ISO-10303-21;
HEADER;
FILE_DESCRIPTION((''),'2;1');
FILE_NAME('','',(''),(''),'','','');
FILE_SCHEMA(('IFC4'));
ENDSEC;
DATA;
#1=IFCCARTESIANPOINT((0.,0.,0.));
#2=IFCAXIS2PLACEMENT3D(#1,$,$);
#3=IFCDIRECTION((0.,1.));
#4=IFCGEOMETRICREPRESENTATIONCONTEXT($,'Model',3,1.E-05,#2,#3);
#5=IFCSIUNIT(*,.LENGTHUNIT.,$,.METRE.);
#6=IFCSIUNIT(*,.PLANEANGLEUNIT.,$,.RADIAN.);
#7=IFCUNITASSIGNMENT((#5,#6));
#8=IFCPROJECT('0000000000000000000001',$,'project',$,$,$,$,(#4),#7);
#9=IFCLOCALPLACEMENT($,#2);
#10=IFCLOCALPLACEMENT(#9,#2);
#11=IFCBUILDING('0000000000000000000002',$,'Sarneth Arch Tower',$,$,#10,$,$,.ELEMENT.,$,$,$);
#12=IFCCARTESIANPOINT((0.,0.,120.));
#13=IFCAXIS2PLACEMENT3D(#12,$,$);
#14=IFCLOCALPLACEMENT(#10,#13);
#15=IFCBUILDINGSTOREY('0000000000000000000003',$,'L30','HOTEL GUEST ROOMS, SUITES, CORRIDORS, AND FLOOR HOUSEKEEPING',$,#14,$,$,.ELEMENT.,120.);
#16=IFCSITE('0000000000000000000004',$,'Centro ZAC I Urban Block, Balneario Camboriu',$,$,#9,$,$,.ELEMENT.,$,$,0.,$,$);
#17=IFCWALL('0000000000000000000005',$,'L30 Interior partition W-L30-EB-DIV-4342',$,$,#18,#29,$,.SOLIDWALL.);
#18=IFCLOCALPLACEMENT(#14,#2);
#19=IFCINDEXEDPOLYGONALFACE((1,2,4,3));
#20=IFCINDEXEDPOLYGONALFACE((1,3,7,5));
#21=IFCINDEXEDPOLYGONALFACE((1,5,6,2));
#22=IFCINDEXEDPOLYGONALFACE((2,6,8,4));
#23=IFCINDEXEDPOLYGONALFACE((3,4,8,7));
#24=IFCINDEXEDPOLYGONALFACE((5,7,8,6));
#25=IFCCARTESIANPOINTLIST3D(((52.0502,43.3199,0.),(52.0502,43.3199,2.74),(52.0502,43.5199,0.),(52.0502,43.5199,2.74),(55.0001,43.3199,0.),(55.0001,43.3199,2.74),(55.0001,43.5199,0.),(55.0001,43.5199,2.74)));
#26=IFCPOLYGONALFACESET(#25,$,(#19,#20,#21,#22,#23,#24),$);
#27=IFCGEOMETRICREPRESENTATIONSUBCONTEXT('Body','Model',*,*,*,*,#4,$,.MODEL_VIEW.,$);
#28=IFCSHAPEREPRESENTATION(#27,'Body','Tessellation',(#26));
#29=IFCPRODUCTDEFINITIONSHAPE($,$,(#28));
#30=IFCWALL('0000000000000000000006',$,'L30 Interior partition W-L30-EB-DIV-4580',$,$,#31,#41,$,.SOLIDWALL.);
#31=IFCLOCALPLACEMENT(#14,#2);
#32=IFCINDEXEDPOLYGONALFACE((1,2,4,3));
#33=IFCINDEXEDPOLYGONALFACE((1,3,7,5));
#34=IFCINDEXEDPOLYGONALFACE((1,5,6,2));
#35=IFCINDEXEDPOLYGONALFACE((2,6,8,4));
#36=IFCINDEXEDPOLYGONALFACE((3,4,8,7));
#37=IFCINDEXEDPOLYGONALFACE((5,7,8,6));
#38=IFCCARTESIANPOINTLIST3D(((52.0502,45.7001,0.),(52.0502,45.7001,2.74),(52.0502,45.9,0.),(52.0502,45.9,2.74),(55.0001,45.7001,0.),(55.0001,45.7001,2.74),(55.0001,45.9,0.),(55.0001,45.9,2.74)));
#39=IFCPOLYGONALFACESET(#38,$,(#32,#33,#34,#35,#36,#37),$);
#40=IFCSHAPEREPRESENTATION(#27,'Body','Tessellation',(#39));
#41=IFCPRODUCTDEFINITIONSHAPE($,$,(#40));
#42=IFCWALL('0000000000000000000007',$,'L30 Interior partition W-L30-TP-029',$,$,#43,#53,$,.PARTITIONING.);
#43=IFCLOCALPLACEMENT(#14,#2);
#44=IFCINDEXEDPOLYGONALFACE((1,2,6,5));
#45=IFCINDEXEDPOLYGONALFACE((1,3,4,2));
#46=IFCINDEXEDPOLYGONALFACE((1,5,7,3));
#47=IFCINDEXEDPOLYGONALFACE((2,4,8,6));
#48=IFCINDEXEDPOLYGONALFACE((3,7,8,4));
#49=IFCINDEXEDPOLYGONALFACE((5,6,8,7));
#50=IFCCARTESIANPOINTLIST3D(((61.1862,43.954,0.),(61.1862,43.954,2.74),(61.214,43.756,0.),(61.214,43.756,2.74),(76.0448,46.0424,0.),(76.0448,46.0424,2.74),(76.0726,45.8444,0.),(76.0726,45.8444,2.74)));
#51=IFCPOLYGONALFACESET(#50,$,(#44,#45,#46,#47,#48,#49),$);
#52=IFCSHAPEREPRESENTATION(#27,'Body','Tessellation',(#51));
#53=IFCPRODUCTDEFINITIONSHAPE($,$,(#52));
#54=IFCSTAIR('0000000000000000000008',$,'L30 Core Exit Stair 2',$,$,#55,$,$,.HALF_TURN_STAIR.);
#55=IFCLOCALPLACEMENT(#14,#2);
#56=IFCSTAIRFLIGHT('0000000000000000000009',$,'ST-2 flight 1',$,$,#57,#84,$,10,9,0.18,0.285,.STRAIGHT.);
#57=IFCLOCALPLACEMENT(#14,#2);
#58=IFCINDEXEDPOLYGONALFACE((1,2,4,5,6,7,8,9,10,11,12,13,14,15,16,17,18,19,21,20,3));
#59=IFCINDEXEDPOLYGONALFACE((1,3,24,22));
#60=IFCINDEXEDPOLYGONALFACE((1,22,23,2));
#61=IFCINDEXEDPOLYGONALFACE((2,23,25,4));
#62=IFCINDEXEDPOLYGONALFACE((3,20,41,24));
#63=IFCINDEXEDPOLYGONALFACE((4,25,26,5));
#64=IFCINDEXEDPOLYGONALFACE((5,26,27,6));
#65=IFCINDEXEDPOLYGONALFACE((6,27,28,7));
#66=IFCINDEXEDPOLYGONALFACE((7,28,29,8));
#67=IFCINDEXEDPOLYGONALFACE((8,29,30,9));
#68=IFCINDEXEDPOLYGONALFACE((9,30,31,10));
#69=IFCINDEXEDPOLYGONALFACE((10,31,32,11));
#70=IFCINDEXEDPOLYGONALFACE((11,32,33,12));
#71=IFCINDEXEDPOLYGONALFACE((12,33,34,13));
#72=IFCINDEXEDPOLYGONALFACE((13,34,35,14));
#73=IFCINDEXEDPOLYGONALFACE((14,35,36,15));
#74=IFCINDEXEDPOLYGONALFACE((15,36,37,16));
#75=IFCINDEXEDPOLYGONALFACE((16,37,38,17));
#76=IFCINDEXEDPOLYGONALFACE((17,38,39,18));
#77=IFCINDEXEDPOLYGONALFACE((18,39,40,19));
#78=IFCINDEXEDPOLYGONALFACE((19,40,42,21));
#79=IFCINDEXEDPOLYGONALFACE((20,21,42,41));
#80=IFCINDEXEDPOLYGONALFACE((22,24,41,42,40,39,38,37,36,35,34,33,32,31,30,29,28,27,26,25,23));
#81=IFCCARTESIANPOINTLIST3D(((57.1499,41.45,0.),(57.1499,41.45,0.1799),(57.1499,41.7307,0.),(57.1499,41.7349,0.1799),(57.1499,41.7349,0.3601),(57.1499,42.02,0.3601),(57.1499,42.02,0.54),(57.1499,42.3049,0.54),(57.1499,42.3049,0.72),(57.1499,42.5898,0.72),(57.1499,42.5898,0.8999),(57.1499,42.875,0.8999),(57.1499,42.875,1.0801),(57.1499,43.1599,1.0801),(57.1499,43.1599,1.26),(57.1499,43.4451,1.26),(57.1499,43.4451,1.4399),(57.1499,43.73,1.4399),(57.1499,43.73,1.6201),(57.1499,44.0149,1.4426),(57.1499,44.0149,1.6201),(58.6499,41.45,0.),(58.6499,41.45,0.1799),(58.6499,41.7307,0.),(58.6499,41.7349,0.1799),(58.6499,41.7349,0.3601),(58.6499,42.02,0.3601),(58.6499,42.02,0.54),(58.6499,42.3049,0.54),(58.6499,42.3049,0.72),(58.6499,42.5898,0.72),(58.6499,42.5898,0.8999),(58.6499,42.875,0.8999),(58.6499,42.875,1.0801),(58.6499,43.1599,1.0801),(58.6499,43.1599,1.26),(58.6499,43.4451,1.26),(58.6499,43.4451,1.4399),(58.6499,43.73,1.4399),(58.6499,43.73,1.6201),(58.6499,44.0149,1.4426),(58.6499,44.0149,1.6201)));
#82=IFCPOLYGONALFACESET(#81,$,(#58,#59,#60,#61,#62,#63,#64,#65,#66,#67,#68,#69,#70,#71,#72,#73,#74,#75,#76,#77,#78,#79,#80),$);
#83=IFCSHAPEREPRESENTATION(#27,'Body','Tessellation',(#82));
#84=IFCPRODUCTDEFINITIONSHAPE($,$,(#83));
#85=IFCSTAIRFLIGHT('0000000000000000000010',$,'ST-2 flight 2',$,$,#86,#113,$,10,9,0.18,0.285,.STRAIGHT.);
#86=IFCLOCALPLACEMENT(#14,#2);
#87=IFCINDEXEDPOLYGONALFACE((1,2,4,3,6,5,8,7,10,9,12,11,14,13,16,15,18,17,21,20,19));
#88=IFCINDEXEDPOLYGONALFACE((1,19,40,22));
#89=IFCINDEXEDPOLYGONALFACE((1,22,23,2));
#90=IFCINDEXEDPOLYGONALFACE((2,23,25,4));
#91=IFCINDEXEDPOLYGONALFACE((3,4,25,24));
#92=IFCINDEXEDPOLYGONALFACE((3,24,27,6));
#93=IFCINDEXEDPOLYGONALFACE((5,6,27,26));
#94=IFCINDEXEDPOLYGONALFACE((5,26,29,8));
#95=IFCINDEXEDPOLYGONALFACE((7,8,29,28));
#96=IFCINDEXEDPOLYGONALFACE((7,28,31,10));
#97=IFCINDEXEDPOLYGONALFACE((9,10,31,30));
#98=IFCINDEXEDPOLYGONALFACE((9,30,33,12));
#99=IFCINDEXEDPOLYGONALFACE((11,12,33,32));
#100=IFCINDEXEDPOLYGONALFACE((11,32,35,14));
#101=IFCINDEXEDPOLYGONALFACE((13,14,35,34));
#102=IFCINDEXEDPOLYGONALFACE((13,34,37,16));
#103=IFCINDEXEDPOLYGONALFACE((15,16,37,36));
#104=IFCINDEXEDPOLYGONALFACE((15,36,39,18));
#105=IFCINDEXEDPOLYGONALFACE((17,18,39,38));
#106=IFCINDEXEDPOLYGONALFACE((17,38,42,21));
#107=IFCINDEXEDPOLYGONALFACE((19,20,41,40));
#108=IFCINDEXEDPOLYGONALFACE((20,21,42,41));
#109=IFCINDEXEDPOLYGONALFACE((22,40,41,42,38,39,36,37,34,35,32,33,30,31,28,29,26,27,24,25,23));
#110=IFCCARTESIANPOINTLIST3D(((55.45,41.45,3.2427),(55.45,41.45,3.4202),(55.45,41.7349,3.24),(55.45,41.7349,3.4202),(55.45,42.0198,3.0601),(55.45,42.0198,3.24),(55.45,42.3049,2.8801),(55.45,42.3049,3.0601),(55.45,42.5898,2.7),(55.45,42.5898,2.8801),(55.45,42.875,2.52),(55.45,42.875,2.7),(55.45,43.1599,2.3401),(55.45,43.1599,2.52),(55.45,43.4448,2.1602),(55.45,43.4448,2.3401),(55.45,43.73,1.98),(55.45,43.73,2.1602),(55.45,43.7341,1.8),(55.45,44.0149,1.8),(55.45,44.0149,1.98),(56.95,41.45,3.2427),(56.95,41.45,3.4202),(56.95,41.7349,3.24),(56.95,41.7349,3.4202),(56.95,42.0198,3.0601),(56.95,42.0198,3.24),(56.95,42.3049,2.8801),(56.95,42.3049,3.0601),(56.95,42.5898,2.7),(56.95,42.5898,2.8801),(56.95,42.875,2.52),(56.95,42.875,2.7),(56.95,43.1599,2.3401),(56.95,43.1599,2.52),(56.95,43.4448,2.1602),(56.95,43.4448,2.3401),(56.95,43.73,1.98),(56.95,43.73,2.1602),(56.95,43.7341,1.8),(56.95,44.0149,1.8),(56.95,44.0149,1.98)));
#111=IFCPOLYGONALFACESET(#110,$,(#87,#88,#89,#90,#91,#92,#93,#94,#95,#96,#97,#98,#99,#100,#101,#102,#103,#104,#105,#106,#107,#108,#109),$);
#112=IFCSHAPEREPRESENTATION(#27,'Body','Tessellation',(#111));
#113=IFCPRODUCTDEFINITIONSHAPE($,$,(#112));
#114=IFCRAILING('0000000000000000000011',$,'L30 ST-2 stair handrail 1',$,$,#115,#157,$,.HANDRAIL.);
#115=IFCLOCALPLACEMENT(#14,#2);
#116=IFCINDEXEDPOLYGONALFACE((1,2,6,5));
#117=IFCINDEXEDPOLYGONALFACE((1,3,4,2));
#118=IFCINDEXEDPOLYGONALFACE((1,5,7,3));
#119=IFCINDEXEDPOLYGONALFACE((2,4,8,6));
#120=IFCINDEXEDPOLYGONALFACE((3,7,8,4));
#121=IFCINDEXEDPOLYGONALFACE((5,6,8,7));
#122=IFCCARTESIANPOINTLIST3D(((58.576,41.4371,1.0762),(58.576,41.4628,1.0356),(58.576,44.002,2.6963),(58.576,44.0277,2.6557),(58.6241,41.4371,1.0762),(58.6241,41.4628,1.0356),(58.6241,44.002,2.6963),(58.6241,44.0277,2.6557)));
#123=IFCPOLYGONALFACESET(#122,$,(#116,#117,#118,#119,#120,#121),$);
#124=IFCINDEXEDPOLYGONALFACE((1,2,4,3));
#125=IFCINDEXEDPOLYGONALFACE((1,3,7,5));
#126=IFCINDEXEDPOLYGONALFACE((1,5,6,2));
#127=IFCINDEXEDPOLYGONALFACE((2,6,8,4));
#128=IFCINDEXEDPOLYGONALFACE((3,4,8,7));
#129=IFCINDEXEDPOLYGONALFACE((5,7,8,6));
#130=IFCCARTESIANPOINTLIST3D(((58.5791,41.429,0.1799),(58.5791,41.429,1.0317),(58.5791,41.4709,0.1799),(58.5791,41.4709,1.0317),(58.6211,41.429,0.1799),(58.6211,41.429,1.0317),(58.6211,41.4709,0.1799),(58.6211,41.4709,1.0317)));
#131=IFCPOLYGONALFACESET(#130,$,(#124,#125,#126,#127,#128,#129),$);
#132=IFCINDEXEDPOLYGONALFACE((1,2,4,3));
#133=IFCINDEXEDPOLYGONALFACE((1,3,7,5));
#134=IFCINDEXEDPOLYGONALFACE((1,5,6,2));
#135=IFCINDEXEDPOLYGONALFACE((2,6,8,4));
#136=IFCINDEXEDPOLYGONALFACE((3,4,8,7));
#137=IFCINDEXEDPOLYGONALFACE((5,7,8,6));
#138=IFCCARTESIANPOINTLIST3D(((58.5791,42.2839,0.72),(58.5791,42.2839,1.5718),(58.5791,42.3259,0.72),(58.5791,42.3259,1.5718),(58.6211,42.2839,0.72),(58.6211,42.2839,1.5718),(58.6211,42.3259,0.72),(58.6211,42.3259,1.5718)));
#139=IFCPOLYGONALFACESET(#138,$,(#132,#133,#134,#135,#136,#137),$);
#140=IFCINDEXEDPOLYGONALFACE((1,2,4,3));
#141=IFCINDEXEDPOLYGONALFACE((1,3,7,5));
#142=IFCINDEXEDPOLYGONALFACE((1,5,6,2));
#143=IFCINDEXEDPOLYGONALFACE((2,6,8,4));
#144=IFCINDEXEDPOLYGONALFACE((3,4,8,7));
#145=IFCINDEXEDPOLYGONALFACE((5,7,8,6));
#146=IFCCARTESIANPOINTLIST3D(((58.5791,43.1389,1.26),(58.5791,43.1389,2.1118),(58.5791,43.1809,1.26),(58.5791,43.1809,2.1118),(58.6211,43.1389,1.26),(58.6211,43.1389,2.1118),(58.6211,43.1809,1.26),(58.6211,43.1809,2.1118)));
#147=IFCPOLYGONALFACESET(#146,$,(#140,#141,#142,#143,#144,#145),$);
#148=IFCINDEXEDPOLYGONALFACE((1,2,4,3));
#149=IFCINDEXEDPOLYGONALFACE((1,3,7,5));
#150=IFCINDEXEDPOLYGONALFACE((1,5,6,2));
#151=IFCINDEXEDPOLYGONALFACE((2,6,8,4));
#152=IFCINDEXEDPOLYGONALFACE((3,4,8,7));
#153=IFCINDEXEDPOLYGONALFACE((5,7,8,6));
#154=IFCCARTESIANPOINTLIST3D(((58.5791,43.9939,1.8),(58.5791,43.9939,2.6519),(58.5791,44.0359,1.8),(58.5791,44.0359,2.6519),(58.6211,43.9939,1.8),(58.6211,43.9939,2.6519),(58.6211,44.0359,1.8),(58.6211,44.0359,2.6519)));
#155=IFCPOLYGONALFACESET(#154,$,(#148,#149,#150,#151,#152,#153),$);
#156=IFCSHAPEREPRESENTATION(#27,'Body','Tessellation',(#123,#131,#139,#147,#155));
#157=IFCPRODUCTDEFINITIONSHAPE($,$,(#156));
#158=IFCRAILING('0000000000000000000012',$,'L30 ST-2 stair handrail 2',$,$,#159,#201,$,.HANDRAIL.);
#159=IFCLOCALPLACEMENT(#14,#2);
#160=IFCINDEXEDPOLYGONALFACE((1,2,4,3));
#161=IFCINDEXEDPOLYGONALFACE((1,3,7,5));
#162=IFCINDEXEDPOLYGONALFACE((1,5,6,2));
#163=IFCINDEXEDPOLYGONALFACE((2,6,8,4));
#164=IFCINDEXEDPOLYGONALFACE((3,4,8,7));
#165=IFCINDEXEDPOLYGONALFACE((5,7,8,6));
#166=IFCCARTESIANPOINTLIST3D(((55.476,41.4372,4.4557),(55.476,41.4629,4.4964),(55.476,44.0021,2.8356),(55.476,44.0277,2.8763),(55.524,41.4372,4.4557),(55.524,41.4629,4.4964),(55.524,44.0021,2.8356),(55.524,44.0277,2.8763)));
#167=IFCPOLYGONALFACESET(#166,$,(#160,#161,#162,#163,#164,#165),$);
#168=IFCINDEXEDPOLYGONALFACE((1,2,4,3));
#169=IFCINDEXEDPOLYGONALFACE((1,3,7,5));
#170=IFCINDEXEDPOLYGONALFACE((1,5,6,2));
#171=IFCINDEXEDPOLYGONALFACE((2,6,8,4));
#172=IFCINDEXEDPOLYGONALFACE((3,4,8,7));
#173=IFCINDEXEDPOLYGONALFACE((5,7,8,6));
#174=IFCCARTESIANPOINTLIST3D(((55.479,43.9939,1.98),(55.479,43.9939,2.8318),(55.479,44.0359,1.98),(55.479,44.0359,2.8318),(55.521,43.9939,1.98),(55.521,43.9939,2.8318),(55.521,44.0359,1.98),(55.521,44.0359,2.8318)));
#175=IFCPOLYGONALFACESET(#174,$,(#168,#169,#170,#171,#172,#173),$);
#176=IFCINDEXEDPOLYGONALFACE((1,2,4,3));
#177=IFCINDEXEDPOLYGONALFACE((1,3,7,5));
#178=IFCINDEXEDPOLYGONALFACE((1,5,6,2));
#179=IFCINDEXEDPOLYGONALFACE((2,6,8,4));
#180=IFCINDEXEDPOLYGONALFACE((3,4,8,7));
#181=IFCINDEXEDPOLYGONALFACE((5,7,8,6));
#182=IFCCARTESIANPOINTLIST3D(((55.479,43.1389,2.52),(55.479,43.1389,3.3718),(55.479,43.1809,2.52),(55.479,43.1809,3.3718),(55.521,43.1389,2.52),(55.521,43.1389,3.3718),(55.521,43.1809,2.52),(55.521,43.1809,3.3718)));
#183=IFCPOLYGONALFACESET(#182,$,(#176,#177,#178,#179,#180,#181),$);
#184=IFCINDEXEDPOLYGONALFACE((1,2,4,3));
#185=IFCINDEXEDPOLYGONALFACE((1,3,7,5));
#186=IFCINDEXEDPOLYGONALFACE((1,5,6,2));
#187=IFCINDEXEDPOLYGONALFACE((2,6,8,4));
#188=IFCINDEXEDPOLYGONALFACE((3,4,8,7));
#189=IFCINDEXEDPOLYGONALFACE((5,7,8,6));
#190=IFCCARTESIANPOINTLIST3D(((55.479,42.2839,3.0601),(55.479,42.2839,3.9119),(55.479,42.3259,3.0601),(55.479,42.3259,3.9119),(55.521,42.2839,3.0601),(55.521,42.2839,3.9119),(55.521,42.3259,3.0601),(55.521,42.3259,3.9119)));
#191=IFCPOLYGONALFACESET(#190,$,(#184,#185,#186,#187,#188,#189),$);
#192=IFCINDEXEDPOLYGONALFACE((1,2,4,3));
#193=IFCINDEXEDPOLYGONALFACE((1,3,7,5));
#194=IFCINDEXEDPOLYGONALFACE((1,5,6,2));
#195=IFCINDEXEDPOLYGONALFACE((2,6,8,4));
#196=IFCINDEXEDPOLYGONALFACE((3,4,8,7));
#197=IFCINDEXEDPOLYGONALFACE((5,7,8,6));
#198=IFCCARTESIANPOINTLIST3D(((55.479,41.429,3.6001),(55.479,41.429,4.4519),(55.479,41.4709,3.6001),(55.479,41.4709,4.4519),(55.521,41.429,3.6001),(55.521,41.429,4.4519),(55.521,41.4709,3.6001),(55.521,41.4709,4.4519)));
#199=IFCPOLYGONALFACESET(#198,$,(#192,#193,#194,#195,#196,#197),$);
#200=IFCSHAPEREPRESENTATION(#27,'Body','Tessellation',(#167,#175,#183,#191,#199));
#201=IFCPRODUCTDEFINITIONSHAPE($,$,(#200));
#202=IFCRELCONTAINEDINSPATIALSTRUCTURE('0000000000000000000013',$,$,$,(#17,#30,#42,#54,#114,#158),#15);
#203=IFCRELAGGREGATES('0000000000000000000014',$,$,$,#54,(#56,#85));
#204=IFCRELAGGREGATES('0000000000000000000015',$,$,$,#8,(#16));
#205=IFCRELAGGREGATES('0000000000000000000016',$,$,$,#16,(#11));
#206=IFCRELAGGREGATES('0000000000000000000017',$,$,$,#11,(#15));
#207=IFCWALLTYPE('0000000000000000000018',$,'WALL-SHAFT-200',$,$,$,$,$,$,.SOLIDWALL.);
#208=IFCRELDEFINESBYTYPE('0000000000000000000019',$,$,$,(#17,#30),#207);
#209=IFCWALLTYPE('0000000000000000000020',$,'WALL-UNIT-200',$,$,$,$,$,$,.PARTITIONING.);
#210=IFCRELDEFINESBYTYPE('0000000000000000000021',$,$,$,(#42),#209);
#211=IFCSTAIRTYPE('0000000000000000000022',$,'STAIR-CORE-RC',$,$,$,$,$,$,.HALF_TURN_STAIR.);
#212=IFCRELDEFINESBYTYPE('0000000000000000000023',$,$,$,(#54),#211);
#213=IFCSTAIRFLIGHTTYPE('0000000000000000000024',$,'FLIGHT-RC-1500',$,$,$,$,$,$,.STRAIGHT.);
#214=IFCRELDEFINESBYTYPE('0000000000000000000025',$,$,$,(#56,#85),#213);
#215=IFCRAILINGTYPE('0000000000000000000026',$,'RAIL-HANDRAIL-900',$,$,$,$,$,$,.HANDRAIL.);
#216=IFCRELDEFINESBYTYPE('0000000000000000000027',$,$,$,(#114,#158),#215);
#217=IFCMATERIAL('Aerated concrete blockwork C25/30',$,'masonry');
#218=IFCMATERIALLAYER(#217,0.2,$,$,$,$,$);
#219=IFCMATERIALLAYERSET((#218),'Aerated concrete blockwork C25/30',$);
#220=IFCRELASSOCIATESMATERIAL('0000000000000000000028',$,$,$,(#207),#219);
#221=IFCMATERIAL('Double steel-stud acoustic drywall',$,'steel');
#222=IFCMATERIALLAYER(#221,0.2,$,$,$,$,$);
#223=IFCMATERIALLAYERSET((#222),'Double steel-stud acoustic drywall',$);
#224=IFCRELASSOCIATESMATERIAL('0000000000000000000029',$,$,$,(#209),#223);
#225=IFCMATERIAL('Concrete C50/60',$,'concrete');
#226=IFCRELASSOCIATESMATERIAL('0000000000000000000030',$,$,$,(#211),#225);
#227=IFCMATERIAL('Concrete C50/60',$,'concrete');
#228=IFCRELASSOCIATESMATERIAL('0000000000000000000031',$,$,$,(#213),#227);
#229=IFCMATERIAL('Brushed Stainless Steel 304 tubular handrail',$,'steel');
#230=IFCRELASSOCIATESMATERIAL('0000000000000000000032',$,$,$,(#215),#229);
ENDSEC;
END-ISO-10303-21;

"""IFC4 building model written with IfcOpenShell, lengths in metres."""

from ifc_helpers import new_model, si_unit, direction, frame, frame_2d, origin, origin_2d, place, context, subcontext, project, spatial, polyline, rectangle, outline, extrude, material, layer, layer_set, type_object, element, aggregate, save


model = new_model("IFC4")

# Units and contexts
model_context = context("Model", 3, precision=1e-05, world=origin(), true_north=direction((0.0, 1.0)))
body_context = subcontext(model_context, "Body", "Model", "MODEL_VIEW")
ifc_project = project(units=[si_unit("LENGTHUNIT", "METRE"), si_unit("PLANEANGLEUNIT", "RADIAN")], contexts=[model_context])

# Site, building, storey
site_placement = place(None, origin())
site = spatial("IfcSite", under=ifc_project, at=site_placement, Name="Centro ZAC I Urban Block, Balneario Camboriu", CompositionType="ELEMENT", RefElevation=0.0)
building_placement = place(site_placement, origin())
building = spatial("IfcBuilding", under=site, at=building_placement, Name="Sarneth Arch Tower", CompositionType="ELEMENT")
storey_placement = place(building_placement, frame((0.0, 0.0, 120.0)))
storey = spatial("IfcBuildingStorey", under=building, at=storey_placement, Name="L30", Description="HOTEL GUEST ROOMS, SUITES, CORRIDORS, AND FLOOR HOUSEKEEPING", CompositionType="ELEMENT", Elevation=120.0)

# Walls
ifc_material_1 = material(Name="Aerated concrete blockwork C25/30", Category="masonry")
ifc_layer_1 = layer(ifc_material_1, 0.2)
ifc_layer_set_1 = layer_set([ifc_layer_1], Name="Aerated concrete blockwork C25/30")
wall_type_1 = type_object("IfcWallType", Name="WALL-SHAFT-200", PredefinedType="SOLIDWALL", material=ifc_layer_set_1)
for number, where, z_axis, x_axis, name in (
    (1, (52.05, 43.4199, 0.0), (0.0, 0.0, 1.0), (1.0, 0.0, 0.0), "L30 Interior partition W-L30-EB-DIV-4342"),
    (2, (52.05, 45.8, 0.0), (0.0, 0.0, 1.0), (1.0, 0.0, 0.0), "L30 Interior partition W-L30-EB-DIV-4580"),
):
    element("IfcWall", number, at=place(storey_placement, frame(where, z_axis=z_axis, x_axis=x_axis)), inside=storey, type_object=wall_type_1, Name=name, PredefinedType="SOLIDWALL", context=body_context, shape_type="SweptSolid", body=[
        extrude(rectangle(XDim=2.95, YDim=0.2, at=frame_2d((1.4751, 0.0))), origin(), (0.0, 0.0, 1.0), 2.74),
    ])
ifc_material_2 = material(Name="Double steel-stud acoustic drywall", Category="steel")
ifc_layer_2 = layer(ifc_material_2, 0.2)
ifc_layer_set_2 = layer_set([ifc_layer_2], Name="Double steel-stud acoustic drywall")
wall_type_2 = type_object("IfcWallType", Name="WALL-UNIT-200", PredefinedType="PARTITIONING", material=ifc_layer_set_2)
wall_1_placement = place(storey_placement, frame((61.2, 43.855, 0.0), z_axis=(0.0, 0.0, 1.0), x_axis=(0.990267, 0.139182, 0.0)))
element("IfcWall", 3, at=wall_1_placement, inside=storey, type_object=wall_type_2, Name="L30 Interior partition W-L30-TP-029", PredefinedType="PARTITIONING", context=body_context, shape_type="SweptSolid", body=[
    extrude(rectangle(XDim=15.0046, YDim=0.2, at=frame_2d((7.5024, 0.0))), origin(), (0.0, 0.0, 1.0), 2.74),
])

# Stair, stair flights
ifc_material_3 = material(Name="Concrete C50/60", Category="concrete")
stair_type = type_object("IfcStairType", Name="STAIR-CORE-RC", PredefinedType="HALF_TURN_STAIR", material=ifc_material_3)
stair_placement = place(storey_placement, origin())
stair = element("IfcStair", 4, at=stair_placement, inside=storey, type_object=stair_type, Name="L30 Core Exit Stair 2", PredefinedType="HALF_TURN_STAIR")
ifc_material_4 = material(Name="Concrete C50/60", Category="concrete")
stair_flight_type = type_object("IfcStairFlightType", Name="FLIGHT-RC-1500", PredefinedType="STRAIGHT", material=ifc_material_4)
stair_flight_1_placement = place(storey_placement, frame((57.8999, 41.45, 0.0), z_axis=(0.0, 0.0, 1.0), x_axis=(0.0, 1.0, 0.0)))
stair_flight_1 = element("IfcStairFlight", 5, at=stair_flight_1_placement, type_object=stair_flight_type, Name="ST-2 flight 1", NumberOfRisers=10, NumberOfTreads=9, PredefinedType="STRAIGHT", RiserHeight=0.18, TreadLength=0.285, context=body_context, shape_type="SweptSolid", body=[
    extrude(outline(polyline([(0.0, 0.0), (0.0, 0.1799), (0.2849, 0.1799), (0.2849, 0.3601), (0.5701, 0.3601), (0.5701, 0.54), (0.855, 0.54), (0.855, 0.72), (1.1399, 0.72), (1.1399, 0.8999), (1.425, 0.8999), (1.425, 1.0801), (1.71, 1.0801), (1.71, 1.26), (1.9951, 1.26), (1.9951, 1.4399), (2.28, 1.4399), (2.28, 1.6201), (2.5649, 1.6201), (2.5649, 1.8), (2.5649, 1.4426), (0.2808, 0.0), (0.0, 0.0)])), frame((0.0, 0.75, 0.0), z_axis=(0.0, -1.0, 0.0), x_axis=(1.0, 0.0, 0.0)), (0.0, 0.0, 1.0), 1.5),
])
stair_flight_2_placement = place(storey_placement, frame((56.2, 44.0149, 1.8), z_axis=(0.0, 0.0, 1.0), x_axis=(0.0, -1.0, 0.0)))
stair_flight_2 = element("IfcStairFlight", 6, at=stair_flight_2_placement, type_object=stair_flight_type, Name="ST-2 flight 2", NumberOfRisers=10, NumberOfTreads=9, PredefinedType="STRAIGHT", RiserHeight=0.18, TreadLength=0.285, context=body_context, shape_type="SweptSolid", body=[
    extrude(outline(polyline([(0.0, 0.0), (0.0, 0.1799), (0.2849, 0.1799), (0.2849, 0.3601), (0.5701, 0.3601), (0.5701, 0.54), (0.855, 0.54), (0.855, 0.72), (1.1399, 0.72), (1.1399, 0.8999), (1.425, 0.8999), (1.425, 1.0801), (1.71, 1.0801), (1.71, 1.26), (1.9951, 1.26), (1.9951, 1.4399), (2.28, 1.4399), (2.28, 1.6201), (2.5649, 1.6201), (2.5649, 1.8), (2.5649, 1.4426), (0.2808, 0.0), (0.0, 0.0)])), frame((0.0, 0.75, 0.0), z_axis=(0.0, -1.0, 0.0), x_axis=(1.0, 0.0, 0.0)), (0.0, 0.0, 1.0), 1.5),
])
aggregate(stair, [stair_flight_1, stair_flight_2])

# Railings
ifc_material_5 = material(Name="Brushed Stainless Steel 304 tubular handrail", Category="steel")
railing_type_1 = type_object("IfcRailingType", Name="RAIL-HANDRAIL-900", PredefinedType="HANDRAIL", material=ifc_material_5)
railing_1_placement = place(storey_placement, frame((58.6001, 41.45, 0.1799)))
element("IfcRailing", 7, at=railing_1_placement, inside=storey, type_object=railing_type_1, Name="L30 ST-2 stair handrail 1", PredefinedType="HANDRAIL", context=body_context, shape_type="SweptSolid", body=[
    extrude(rectangle(XDim=0.0481, YDim=0.0481, at=origin_2d()), frame((0.0, 0.0, 0.876), z_axis=(0.0, 0.845466, 0.534029), x_axis=(-1.0, 0.0, 0.0)), (0.0, 0.0, 1.0), 3.0337),
    extrude(rectangle(XDim=0.042, YDim=0.042, at=origin_2d()), origin(), (0.0, 0.0, 1.0), 0.8518),
    extrude(rectangle(XDim=0.042, YDim=0.042, at=origin_2d()), frame((0.0, 0.855, 0.54)), (0.0, 0.0, 1.0), 0.8518),
    extrude(rectangle(XDim=0.042, YDim=0.042, at=origin_2d()), frame((0.0, 1.71, 1.0801)), (0.0, 0.0, 1.0), 0.8518),
    extrude(rectangle(XDim=0.042, YDim=0.042, at=origin_2d()), frame((0.0, 2.5649, 1.6201)), (0.0, 0.0, 1.0), 0.8518),
])
railing_2_placement = place(storey_placement, frame((55.5, 44.0149, 1.98)))
element("IfcRailing", 8, at=railing_2_placement, inside=storey, type_object=railing_type_1, Name="L30 ST-2 stair handrail 2", PredefinedType="HANDRAIL", context=body_context, shape_type="SweptSolid", body=[
    extrude(rectangle(XDim=0.0481, YDim=0.0481, at=origin_2d()), frame((0.0, 0.0, 0.876), z_axis=(0.0, -0.845466, 0.534029), x_axis=(1.0, 0.0, 0.0)), (0.0, 0.0, 1.0), 3.0337),
    extrude(rectangle(XDim=0.042, YDim=0.042, at=origin_2d()), origin(), (0.0, 0.0, 1.0), 0.8518),
    extrude(rectangle(XDim=0.042, YDim=0.042, at=origin_2d()), frame((0.0, -0.855, 0.54)), (0.0, 0.0, 1.0), 0.8518),
    extrude(rectangle(XDim=0.042, YDim=0.042, at=origin_2d()), frame((0.0, -1.71, 1.0801)), (0.0, 0.0, 1.0), 0.8518),
    extrude(rectangle(XDim=0.042, YDim=0.042, at=origin_2d()), frame((0.0, -2.5649, 1.6201)), (0.0, 0.0, 1.0), 0.8518),
])

save(model, "model.ifc")
